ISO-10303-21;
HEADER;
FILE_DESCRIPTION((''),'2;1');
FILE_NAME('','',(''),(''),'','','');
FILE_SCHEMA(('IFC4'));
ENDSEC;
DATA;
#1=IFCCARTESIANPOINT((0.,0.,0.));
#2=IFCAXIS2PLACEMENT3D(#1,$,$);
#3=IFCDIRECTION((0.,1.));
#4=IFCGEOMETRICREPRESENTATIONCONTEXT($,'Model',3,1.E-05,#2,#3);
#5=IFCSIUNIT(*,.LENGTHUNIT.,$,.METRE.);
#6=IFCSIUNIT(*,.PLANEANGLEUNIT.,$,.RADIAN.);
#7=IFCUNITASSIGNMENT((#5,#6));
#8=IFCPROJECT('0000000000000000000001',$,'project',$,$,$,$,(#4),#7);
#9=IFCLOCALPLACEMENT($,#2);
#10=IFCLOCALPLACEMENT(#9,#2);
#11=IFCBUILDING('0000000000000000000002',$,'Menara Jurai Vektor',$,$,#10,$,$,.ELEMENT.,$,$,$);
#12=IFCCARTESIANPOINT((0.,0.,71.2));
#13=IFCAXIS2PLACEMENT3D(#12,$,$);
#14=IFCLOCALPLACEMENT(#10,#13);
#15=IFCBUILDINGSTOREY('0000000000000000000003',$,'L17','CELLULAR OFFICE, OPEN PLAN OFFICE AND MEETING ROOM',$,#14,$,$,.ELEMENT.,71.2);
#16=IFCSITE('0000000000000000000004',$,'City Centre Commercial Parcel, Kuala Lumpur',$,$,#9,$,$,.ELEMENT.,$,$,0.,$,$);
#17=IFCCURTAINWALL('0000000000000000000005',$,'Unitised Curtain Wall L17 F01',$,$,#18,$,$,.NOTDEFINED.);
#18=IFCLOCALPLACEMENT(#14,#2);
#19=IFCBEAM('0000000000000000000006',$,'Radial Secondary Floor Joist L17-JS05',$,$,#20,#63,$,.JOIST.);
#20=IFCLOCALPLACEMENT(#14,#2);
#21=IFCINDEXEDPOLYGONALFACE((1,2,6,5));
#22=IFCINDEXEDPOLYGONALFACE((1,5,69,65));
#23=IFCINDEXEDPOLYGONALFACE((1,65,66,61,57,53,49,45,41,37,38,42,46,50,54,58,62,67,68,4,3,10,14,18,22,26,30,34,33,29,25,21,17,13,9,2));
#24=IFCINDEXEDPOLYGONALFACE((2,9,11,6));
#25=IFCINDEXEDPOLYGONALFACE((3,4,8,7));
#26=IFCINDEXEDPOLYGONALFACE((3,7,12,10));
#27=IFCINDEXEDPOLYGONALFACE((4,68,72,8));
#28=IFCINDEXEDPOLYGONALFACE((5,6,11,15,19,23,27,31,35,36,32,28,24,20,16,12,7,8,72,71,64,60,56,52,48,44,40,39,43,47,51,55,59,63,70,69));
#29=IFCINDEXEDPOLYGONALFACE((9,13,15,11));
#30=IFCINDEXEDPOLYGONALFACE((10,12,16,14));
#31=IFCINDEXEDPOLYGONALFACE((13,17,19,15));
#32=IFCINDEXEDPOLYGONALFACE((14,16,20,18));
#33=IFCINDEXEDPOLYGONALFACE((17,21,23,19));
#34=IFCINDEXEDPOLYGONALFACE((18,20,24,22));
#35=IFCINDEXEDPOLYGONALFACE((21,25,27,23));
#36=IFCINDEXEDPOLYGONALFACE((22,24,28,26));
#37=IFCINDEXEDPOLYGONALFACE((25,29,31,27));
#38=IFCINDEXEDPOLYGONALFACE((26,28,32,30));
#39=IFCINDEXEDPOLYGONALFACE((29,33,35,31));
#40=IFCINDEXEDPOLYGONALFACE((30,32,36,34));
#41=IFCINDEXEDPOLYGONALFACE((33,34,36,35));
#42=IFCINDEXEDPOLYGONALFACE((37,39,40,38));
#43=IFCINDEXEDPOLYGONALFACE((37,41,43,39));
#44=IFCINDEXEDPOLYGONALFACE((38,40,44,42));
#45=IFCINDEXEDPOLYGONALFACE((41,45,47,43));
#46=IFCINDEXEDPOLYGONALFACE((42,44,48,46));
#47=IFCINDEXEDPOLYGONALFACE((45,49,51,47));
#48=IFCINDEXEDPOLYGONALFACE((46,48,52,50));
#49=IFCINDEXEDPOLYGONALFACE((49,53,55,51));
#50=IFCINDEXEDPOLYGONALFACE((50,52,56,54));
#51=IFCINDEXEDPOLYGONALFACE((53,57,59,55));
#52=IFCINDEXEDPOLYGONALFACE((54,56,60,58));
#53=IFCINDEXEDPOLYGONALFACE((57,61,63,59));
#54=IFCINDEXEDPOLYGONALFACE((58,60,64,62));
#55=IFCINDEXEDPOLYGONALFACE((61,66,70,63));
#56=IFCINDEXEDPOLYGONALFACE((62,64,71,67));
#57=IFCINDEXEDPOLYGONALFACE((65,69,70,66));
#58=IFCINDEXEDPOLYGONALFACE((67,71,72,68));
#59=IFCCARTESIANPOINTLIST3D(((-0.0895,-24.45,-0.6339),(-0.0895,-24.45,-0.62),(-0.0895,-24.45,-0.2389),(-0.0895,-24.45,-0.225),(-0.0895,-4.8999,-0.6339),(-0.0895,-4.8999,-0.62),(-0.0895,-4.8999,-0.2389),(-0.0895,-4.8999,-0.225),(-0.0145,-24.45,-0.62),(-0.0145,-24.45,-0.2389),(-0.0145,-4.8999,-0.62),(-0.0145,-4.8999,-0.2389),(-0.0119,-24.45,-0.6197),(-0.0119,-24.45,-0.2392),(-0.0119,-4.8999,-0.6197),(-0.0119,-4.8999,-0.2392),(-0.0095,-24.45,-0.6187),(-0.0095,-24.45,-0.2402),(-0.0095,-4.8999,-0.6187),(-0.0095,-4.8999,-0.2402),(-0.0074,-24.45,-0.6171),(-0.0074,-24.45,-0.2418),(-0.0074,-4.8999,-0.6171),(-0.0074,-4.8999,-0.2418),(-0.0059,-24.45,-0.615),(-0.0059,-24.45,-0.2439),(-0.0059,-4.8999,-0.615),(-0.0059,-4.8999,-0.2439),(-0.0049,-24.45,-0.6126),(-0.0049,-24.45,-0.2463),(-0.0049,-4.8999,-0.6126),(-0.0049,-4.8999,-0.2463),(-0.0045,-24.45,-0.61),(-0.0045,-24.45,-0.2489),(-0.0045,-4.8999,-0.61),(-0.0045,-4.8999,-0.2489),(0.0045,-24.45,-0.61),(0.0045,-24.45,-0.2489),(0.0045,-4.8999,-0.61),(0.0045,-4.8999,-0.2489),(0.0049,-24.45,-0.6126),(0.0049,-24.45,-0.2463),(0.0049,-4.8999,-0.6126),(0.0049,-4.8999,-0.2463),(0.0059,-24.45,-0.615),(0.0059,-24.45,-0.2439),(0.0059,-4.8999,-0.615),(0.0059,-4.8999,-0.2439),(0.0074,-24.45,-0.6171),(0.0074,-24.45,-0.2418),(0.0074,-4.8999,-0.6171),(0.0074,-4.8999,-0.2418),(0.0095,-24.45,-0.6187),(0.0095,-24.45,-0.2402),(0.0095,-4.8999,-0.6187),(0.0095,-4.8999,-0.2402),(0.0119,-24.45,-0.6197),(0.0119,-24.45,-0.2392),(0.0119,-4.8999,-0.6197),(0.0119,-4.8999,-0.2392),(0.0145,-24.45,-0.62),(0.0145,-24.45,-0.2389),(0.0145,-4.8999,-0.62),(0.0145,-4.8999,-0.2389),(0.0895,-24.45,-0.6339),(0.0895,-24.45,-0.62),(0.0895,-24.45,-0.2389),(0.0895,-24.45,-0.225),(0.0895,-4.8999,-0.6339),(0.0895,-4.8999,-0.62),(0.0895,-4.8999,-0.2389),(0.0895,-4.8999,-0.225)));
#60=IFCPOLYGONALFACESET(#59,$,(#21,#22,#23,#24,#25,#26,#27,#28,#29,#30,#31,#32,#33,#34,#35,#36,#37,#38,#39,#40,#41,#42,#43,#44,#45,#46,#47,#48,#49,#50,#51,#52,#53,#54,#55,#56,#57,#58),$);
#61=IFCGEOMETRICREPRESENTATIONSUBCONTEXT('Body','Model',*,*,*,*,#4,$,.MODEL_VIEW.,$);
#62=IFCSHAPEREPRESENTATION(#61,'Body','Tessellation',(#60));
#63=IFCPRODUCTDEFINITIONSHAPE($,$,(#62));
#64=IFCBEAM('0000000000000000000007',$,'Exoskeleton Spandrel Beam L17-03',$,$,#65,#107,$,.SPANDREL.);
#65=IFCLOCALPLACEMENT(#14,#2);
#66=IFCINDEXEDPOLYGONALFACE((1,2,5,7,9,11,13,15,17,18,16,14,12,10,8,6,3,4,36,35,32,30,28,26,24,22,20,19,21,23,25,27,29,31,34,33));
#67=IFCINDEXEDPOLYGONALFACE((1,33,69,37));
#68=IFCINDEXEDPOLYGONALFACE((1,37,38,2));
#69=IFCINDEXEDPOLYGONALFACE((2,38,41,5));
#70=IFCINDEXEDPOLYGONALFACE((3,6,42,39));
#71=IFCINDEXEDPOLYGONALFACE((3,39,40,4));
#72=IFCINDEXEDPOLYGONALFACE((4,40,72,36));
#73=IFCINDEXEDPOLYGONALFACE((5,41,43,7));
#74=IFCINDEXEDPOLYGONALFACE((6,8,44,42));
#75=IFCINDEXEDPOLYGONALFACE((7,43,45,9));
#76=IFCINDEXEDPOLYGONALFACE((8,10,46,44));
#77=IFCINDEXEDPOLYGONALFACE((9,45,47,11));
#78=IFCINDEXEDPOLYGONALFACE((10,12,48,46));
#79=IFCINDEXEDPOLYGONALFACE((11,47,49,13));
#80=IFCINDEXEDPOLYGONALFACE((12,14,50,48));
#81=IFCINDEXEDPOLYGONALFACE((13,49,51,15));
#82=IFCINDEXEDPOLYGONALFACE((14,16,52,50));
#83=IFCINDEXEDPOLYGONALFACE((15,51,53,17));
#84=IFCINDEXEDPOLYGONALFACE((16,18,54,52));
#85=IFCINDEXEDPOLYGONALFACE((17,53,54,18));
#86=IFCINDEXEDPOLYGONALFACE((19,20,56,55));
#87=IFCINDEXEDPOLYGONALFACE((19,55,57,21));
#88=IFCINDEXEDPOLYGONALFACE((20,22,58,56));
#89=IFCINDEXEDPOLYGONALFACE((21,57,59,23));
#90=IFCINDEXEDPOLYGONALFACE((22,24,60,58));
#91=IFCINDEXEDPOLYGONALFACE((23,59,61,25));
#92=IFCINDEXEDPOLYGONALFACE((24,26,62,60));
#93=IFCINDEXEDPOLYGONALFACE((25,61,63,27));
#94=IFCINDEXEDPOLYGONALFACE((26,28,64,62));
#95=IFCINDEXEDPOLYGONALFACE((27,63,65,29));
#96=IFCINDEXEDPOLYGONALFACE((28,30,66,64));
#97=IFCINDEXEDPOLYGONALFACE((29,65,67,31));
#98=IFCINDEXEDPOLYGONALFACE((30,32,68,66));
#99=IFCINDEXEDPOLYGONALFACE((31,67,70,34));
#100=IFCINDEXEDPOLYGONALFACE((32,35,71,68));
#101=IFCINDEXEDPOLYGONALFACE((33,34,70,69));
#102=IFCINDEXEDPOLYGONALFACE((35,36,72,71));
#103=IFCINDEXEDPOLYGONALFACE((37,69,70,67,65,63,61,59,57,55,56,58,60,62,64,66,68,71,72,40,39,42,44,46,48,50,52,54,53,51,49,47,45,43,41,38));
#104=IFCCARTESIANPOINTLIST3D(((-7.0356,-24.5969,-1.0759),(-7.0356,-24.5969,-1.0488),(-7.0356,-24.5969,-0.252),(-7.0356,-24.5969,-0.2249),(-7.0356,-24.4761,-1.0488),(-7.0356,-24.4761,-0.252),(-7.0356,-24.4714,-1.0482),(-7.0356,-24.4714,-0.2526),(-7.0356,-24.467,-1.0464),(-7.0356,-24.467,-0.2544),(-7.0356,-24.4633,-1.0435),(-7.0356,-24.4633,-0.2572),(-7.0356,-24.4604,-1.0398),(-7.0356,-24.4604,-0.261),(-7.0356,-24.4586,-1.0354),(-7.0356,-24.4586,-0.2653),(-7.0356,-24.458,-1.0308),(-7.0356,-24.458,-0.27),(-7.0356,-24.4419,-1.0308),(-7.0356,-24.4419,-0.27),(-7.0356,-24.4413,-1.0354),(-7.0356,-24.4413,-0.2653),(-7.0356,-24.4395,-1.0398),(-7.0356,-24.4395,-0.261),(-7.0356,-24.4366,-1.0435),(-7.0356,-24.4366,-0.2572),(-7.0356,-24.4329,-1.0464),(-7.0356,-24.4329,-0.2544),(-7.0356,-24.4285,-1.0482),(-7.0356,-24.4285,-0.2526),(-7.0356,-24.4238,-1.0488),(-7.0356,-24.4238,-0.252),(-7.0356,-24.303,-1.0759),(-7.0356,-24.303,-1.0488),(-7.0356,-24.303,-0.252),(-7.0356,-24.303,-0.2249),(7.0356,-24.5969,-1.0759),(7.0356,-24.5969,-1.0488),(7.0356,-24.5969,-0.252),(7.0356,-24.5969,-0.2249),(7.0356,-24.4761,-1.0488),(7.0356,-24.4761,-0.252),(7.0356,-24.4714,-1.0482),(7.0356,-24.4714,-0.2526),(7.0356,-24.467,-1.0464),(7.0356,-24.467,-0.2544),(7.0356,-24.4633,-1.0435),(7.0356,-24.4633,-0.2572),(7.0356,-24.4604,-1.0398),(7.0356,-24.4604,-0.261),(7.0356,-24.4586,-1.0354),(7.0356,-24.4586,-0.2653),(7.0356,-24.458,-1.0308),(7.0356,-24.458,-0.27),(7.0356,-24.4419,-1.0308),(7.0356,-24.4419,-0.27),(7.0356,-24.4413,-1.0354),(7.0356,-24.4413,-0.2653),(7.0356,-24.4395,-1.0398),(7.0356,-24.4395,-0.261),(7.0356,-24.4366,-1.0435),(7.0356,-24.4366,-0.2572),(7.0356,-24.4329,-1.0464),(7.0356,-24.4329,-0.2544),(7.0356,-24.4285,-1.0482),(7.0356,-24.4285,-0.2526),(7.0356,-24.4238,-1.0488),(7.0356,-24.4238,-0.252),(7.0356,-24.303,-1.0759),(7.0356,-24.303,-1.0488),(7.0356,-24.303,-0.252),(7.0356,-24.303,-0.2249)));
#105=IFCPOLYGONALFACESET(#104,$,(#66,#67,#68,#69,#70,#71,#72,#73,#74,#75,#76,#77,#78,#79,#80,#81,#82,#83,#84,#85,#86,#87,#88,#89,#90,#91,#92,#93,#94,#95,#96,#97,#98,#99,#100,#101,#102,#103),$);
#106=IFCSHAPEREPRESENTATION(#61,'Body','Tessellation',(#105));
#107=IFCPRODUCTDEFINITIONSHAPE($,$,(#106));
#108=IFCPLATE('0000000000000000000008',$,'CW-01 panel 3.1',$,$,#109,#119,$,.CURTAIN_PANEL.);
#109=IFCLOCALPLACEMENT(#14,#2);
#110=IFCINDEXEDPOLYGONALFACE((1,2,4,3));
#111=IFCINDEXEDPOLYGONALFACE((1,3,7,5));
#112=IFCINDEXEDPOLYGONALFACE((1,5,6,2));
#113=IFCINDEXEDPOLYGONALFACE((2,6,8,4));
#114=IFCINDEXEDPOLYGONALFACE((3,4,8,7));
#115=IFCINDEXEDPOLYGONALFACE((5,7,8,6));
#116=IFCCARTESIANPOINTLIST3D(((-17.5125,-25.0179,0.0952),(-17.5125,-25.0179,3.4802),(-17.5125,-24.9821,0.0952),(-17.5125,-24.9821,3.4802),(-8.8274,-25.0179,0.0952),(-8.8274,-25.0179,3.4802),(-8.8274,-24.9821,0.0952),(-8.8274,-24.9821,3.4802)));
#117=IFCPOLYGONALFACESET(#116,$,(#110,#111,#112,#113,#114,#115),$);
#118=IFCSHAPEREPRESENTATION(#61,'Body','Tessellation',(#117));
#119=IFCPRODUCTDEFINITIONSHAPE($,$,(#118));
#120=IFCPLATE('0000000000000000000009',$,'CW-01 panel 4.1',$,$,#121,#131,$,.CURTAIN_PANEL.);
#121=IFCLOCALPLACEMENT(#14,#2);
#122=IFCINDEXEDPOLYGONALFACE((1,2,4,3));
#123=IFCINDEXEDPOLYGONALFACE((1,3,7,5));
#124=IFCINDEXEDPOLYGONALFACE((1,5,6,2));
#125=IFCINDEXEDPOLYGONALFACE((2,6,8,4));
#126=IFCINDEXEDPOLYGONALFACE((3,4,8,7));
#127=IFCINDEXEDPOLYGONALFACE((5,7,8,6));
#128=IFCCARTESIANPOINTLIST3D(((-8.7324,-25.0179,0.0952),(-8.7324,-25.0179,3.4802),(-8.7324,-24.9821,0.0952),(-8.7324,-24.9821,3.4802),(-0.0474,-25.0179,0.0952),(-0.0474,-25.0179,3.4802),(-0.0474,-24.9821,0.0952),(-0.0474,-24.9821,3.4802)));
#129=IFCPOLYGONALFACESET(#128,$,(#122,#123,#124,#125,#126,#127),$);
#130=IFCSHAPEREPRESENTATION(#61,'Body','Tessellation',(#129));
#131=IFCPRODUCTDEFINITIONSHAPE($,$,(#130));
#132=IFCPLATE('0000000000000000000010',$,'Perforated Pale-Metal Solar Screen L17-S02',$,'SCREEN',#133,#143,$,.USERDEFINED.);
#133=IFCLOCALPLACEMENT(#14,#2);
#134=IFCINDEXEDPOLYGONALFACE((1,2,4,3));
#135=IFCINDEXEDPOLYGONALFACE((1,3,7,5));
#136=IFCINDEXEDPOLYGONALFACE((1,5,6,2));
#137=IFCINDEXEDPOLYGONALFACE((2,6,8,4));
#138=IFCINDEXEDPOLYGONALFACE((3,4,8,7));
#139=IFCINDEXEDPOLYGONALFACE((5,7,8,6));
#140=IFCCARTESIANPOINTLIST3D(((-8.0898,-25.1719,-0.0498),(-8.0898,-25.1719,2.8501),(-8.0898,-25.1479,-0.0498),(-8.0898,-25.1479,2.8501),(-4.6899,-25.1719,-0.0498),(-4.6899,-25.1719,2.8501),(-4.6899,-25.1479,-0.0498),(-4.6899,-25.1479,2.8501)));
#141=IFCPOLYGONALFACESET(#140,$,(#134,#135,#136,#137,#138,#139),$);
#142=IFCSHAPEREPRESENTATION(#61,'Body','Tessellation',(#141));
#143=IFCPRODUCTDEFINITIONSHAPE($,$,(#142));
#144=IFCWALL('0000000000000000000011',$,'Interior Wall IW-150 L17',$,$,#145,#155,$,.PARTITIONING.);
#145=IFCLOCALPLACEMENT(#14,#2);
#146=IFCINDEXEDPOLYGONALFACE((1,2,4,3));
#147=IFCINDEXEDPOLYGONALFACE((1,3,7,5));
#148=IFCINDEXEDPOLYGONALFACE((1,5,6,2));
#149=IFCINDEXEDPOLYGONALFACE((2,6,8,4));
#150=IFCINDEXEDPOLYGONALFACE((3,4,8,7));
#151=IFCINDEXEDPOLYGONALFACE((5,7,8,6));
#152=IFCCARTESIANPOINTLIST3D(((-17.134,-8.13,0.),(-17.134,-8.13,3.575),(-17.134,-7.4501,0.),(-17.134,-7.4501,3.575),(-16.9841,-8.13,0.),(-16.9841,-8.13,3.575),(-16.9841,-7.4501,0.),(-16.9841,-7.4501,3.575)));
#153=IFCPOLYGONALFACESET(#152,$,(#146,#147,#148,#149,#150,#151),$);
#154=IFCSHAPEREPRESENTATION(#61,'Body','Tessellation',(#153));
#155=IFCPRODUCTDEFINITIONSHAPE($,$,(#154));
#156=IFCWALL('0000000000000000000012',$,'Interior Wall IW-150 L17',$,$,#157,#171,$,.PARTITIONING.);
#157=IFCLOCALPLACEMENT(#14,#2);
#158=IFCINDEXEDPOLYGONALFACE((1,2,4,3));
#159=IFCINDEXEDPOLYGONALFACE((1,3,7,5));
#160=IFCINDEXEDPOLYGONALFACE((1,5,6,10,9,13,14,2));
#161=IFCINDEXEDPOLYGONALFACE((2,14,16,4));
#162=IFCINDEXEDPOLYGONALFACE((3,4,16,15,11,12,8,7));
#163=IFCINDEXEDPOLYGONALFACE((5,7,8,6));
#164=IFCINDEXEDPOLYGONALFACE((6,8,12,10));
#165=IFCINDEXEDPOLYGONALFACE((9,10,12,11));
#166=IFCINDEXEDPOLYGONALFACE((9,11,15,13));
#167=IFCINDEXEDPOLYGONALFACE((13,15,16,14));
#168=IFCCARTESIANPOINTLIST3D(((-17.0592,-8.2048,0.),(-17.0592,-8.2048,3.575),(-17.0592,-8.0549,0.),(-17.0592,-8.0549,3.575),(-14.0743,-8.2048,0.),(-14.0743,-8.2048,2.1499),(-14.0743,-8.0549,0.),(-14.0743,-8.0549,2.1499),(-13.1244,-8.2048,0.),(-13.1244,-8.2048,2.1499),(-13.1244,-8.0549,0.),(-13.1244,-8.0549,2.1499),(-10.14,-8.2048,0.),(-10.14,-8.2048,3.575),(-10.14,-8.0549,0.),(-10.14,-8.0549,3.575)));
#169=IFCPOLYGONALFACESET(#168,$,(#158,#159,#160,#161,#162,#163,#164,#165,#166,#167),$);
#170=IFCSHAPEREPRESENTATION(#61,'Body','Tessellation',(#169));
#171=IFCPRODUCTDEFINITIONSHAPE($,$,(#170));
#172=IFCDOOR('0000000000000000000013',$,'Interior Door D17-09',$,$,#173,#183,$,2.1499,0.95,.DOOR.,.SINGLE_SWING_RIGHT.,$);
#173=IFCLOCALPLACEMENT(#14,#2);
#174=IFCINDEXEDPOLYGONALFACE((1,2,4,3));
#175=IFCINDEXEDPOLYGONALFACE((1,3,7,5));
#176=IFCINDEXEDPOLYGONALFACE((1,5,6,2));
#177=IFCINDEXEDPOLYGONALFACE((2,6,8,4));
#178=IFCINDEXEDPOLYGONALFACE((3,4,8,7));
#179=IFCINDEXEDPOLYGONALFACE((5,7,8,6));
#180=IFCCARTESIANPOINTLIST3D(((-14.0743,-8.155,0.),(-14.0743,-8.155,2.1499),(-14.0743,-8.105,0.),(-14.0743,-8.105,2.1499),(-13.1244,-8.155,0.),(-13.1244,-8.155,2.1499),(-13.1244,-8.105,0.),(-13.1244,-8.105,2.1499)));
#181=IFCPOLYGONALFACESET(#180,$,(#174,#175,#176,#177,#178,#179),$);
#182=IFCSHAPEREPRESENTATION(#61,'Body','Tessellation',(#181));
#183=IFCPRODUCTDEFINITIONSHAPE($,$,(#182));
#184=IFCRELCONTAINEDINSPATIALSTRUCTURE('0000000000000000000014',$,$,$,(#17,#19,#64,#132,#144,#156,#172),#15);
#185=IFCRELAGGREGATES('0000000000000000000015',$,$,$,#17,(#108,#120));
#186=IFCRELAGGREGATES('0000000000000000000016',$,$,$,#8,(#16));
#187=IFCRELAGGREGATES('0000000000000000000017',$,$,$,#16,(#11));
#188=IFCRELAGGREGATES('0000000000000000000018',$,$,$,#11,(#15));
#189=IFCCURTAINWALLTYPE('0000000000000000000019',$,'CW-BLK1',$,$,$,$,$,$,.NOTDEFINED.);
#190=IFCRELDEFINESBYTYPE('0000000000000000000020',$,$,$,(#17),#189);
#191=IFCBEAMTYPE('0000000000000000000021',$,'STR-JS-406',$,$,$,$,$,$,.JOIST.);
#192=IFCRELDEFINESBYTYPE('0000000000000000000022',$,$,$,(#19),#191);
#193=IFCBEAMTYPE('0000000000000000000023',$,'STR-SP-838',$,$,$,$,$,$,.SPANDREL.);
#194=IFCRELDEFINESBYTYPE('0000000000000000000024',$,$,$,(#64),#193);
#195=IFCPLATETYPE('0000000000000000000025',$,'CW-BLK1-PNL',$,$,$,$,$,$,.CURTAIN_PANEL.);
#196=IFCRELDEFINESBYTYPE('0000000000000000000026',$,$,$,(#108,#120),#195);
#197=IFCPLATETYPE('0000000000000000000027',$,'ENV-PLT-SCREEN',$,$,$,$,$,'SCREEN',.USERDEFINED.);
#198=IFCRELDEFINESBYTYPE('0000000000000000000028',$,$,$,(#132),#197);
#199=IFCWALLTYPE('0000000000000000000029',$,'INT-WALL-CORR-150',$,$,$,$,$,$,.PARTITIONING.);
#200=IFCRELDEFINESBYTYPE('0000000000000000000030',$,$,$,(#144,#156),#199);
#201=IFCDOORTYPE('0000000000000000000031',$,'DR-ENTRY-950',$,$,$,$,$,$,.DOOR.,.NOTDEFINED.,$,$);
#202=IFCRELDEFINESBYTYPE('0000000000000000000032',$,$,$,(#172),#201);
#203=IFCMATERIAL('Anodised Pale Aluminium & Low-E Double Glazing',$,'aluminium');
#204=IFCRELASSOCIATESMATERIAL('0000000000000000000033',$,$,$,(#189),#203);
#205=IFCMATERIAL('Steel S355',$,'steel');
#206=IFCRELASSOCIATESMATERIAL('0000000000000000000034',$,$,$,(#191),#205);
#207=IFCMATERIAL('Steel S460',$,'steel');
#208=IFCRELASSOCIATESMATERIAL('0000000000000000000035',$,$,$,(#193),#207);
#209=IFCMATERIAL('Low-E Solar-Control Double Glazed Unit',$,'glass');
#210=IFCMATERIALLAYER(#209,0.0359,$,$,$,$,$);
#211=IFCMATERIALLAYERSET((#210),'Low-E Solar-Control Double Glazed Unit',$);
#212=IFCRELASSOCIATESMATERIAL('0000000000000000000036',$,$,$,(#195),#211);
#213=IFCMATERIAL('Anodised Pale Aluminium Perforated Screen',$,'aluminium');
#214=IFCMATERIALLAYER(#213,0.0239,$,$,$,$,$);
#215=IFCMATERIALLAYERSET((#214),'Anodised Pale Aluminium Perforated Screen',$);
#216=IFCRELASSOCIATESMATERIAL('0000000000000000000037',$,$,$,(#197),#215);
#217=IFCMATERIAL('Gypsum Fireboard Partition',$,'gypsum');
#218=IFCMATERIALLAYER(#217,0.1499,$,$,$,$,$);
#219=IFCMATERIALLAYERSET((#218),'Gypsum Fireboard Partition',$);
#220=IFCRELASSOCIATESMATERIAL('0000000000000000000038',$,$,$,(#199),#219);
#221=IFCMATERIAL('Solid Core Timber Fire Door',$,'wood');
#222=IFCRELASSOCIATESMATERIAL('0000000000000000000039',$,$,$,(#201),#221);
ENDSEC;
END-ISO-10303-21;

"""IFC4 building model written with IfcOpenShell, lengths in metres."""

from ifc_helpers import new_model, si_unit, direction, frame, frame_2d, origin, origin_2d, place, context, subcontext, project, spatial, rectangle, i_section, extrude, material, layer, layer_set, material_profile, profile_set, type_object, element, fill, aggregate, save


model = new_model("IFC4")

# Units and contexts
model_context = context("Model", 3, precision=1e-05, world=origin(), true_north=direction((0.0, 1.0)))
body_context = subcontext(model_context, "Body", "Model", "MODEL_VIEW")
ifc_project = project(units=[si_unit("LENGTHUNIT", "METRE"), si_unit("PLANEANGLEUNIT", "RADIAN")], contexts=[model_context])

# Site, building, storey
site_placement = place(None, origin())
site = spatial("IfcSite", under=ifc_project, at=site_placement, Name="City Centre Commercial Parcel, Kuala Lumpur", CompositionType="ELEMENT", RefElevation=0.0)
building_placement = place(site_placement, origin())
building = spatial("IfcBuilding", under=site, at=building_placement, Name="Menara Jurai Vektor", CompositionType="ELEMENT")
storey_placement = place(building_placement, frame((0.0, 0.0, 71.2)))
storey = spatial("IfcBuildingStorey", under=building, at=storey_placement, Name="L17", Description="CELLULAR OFFICE, OPEN PLAN OFFICE AND MEETING ROOM", CompositionType="ELEMENT", Elevation=71.2)

# Shared definitions
ifc_material_1 = material(Name="Steel S460", Category="steel")

# Curtain wall
ifc_material_2 = material(Name="Anodised Pale Aluminium & Low-E Double Glazing", Category="aluminium")
curtain_wall_type = type_object("IfcCurtainWallType", Name="CW-BLK1", PredefinedType="NOTDEFINED", material=ifc_material_2)
curtain_wall_placement = place(storey_placement, origin())
curtain_wall = element("IfcCurtainWall", 1, at=curtain_wall_placement, inside=storey, type_object=curtain_wall_type, Name="Unitised Curtain Wall L17 F01", PredefinedType="NOTDEFINED")

# Beams
ifc_material_3 = material(Name="Steel S355", Category="steel")
ifc_material_profile_1 = material_profile(ifc_material_3, i_section(OverallWidth=0.179, OverallDepth=0.4089, WebThickness=0.009, FlangeThickness=0.0139, FilletRadius=0.01, at=origin_2d()), Name="UKB 406x178x67")
ifc_profile_set_1 = profile_set([ifc_material_profile_1], Name="Steel S355")
beam_type_1 = type_object("IfcBeamType", Name="STR-JS-406", PredefinedType="JOIST", material=ifc_profile_set_1)
beam_1_placement = place(storey_placement, frame((0.0, -24.45, -0.4294), z_axis=(0.0, 1.0, 0.0), x_axis=(-1.0, 0.0, 0.0)))
element("IfcBeam", 2, at=beam_1_placement, inside=storey, type_object=beam_type_1, Name="Radial Secondary Floor Joist L17-JS05", PredefinedType="JOIST", context=body_context, shape_type="SweptSolid", body=[
    extrude(i_section(OverallWidth=0.179, OverallDepth=0.4089, WebThickness=0.009, FlangeThickness=0.0139, FilletRadius=0.01, at=origin_2d()), origin(), (0.0, 0.0, 1.0), 19.55),
])
ifc_material_profile_2 = material_profile(ifc_material_1, i_section(OverallWidth=0.2939, OverallDepth=0.8511, WebThickness=0.0161, FlangeThickness=0.0271, FilletRadius=0.0181, at=origin_2d()), Name="UKB 838x292x226")
ifc_profile_set_2 = profile_set([ifc_material_profile_2], Name="Steel S460")
beam_type_2 = type_object("IfcBeamType", Name="STR-SP-838", PredefinedType="SPANDREL", material=ifc_profile_set_2)
beam_2_placement = place(storey_placement, frame((-7.0356, -24.45, -0.6504), z_axis=(1.0, 0.0, 0.0), x_axis=(0.0, 1.0, 0.0)))
element("IfcBeam", 3, at=beam_2_placement, inside=storey, type_object=beam_type_2, Name="Exoskeleton Spandrel Beam L17-03", PredefinedType="SPANDREL", context=body_context, shape_type="SweptSolid", body=[
    extrude(i_section(OverallWidth=0.2939, OverallDepth=0.8511, WebThickness=0.0161, FlangeThickness=0.0271, FilletRadius=0.0181, at=origin_2d()), origin(), (0.0, 0.0, 1.0), 14.0713),
])

# Plates
ifc_material_4 = material(Name="Low-E Solar-Control Double Glazed Unit", Category="glass")
ifc_layer_1 = layer(ifc_material_4, 0.0359)
ifc_layer_set_1 = layer_set([ifc_layer_1], Name="Low-E Solar-Control Double Glazed Unit")
plate_type_1 = type_object("IfcPlateType", Name="CW-BLK1-PNL", PredefinedType="CURTAIN_PANEL", material=ifc_layer_set_1)
plate_1_placement = place(storey_placement, frame((-13.1699, -25.0, 0.0952), z_axis=(0.0, 0.0, 1.0), x_axis=(1.0, 0.0, 0.0)))
plate_1 = element("IfcPlate", 4, at=plate_1_placement, type_object=plate_type_1, Name="CW-01 panel 3.1", PredefinedType="CURTAIN_PANEL", context=body_context, shape_type="SweptSolid", body=[
    extrude(rectangle(XDim=8.6851, YDim=0.0359, at=origin_2d()), origin(), (0.0, 0.0, 1.0), 3.385),
])
plate_2_placement = place(storey_placement, frame((-4.3899, -25.0, 0.0952), z_axis=(0.0, 0.0, 1.0), x_axis=(1.0, 0.0, 0.0)))
plate_2 = element("IfcPlate", 5, at=plate_2_placement, type_object=plate_type_1, Name="CW-01 panel 4.1", PredefinedType="CURTAIN_PANEL", context=body_context, shape_type="SweptSolid", body=[
    extrude(rectangle(XDim=8.6851, YDim=0.0359, at=origin_2d()), origin(), (0.0, 0.0, 1.0), 3.385),
])
aggregate(curtain_wall, [plate_1, plate_2])
ifc_material_5 = material(Name="Anodised Pale Aluminium Perforated Screen", Category="aluminium")
ifc_layer_2 = layer(ifc_material_5, 0.0239)
ifc_layer_set_2 = layer_set([ifc_layer_2], Name="Anodised Pale Aluminium Perforated Screen")
plate_type_2 = type_object("IfcPlateType", Name="ENV-PLT-SCREEN", ElementType="SCREEN", PredefinedType="USERDEFINED", material=ifc_layer_set_2)
plate_3_placement = place(storey_placement, frame((-6.3899, -25.1599, -0.0498), z_axis=(0.0, 0.0, 1.0), x_axis=(1.0, 0.0, 0.0)))
element("IfcPlate", 6, at=plate_3_placement, inside=storey, type_object=plate_type_2, Name="Perforated Pale-Metal Solar Screen L17-S02", ObjectType="SCREEN", PredefinedType="USERDEFINED", context=body_context, shape_type="SweptSolid", body=[
    extrude(rectangle(XDim=3.3999, YDim=0.0239, at=origin_2d()), origin(), (0.0, 0.0, 1.0), 2.8999),
])

# Wall
ifc_material_6 = material(Name="Gypsum Fireboard Partition", Category="gypsum")
ifc_layer_3 = layer(ifc_material_6, 0.1499)
ifc_layer_set_3 = layer_set([ifc_layer_3], Name="Gypsum Fireboard Partition")
wall_type_1 = type_object("IfcWallType", Name="INT-WALL-CORR-150", PredefinedType="PARTITIONING", material=ifc_layer_set_3)
wall_1_placement = place(storey_placement, frame((-17.0591, -8.1299, 0.0), z_axis=(0.0, 0.0, 1.0), x_axis=(0.0, 1.0, 0.0)))
element("IfcWall", 7, at=wall_1_placement, inside=storey, type_object=wall_type_1, Name="Interior Wall IW-150 L17", PredefinedType="PARTITIONING", context=body_context, shape_type="SweptSolid", body=[
    extrude(rectangle(XDim=0.6799, YDim=0.1499, at=frame_2d((0.3398, 0.0))), origin(), (0.0, 0.0, 1.0), 3.575),
])

# Wall, opening, door
wall_2_placement = place(storey_placement, frame((-17.0591, -8.1299, 0.0), z_axis=(0.0, 0.0, 1.0), x_axis=(1.0, 0.0, 0.0)))
wall_2 = element("IfcWall", 8, at=wall_2_placement, inside=storey, type_object=wall_type_1, Name="Interior Wall IW-150 L17", PredefinedType="PARTITIONING", context=body_context, shape_type="SweptSolid", body=[
    extrude(rectangle(XDim=6.9192, YDim=0.1499, at=frame_2d((3.4595, 0.0))), origin(), (0.0, 0.0, 1.0), 3.575),
])
opening_1_placement = place(wall_2_placement, frame((2.9846, 0.0, 0.0)))
opening_1 = element("IfcOpeningElement", 9, at=opening_1_placement, cuts=wall_2, PredefinedType="OPENING", context=body_context, shape_type="SweptSolid", body=[
    extrude(rectangle(XDim=0.95, YDim=2.1499, at=frame_2d((0.4751, 1.075))), frame((0.0, 0.085, 0.0), z_axis=(0.0, -1.0, 0.0), x_axis=(1.0, 0.0, 0.0)), (0.0, 0.0, 1.0), 0.1699),
])
ifc_material_7 = material(Name="Solid Core Timber Fire Door", Category="wood")
door_type = type_object("IfcDoorType", Name="DR-ENTRY-950", OperationType="NOTDEFINED", PredefinedType="DOOR", material=ifc_material_7)
door_1_placement = place(opening_1_placement, origin())
door_1 = element("IfcDoor", 10, at=door_1_placement, inside=storey, type_object=door_type, Name="Interior Door D17-09", OperationType="SINGLE_SWING_RIGHT", OverallHeight=2.1499, OverallWidth=0.95, PredefinedType="DOOR", context=body_context, shape_type="SweptSolid", body=[
    extrude(rectangle(XDim=0.95, YDim=2.1499, at=frame_2d((0.4751, 1.075))), frame((0.0, 0.0249, 0.0), z_axis=(0.0, -1.0, 0.0), x_axis=(1.0, 0.0, 0.0)), (0.0, 0.0, 1.0), 0.05),
])
fill(opening_1, door_1)

save(model, "model.ifc")
